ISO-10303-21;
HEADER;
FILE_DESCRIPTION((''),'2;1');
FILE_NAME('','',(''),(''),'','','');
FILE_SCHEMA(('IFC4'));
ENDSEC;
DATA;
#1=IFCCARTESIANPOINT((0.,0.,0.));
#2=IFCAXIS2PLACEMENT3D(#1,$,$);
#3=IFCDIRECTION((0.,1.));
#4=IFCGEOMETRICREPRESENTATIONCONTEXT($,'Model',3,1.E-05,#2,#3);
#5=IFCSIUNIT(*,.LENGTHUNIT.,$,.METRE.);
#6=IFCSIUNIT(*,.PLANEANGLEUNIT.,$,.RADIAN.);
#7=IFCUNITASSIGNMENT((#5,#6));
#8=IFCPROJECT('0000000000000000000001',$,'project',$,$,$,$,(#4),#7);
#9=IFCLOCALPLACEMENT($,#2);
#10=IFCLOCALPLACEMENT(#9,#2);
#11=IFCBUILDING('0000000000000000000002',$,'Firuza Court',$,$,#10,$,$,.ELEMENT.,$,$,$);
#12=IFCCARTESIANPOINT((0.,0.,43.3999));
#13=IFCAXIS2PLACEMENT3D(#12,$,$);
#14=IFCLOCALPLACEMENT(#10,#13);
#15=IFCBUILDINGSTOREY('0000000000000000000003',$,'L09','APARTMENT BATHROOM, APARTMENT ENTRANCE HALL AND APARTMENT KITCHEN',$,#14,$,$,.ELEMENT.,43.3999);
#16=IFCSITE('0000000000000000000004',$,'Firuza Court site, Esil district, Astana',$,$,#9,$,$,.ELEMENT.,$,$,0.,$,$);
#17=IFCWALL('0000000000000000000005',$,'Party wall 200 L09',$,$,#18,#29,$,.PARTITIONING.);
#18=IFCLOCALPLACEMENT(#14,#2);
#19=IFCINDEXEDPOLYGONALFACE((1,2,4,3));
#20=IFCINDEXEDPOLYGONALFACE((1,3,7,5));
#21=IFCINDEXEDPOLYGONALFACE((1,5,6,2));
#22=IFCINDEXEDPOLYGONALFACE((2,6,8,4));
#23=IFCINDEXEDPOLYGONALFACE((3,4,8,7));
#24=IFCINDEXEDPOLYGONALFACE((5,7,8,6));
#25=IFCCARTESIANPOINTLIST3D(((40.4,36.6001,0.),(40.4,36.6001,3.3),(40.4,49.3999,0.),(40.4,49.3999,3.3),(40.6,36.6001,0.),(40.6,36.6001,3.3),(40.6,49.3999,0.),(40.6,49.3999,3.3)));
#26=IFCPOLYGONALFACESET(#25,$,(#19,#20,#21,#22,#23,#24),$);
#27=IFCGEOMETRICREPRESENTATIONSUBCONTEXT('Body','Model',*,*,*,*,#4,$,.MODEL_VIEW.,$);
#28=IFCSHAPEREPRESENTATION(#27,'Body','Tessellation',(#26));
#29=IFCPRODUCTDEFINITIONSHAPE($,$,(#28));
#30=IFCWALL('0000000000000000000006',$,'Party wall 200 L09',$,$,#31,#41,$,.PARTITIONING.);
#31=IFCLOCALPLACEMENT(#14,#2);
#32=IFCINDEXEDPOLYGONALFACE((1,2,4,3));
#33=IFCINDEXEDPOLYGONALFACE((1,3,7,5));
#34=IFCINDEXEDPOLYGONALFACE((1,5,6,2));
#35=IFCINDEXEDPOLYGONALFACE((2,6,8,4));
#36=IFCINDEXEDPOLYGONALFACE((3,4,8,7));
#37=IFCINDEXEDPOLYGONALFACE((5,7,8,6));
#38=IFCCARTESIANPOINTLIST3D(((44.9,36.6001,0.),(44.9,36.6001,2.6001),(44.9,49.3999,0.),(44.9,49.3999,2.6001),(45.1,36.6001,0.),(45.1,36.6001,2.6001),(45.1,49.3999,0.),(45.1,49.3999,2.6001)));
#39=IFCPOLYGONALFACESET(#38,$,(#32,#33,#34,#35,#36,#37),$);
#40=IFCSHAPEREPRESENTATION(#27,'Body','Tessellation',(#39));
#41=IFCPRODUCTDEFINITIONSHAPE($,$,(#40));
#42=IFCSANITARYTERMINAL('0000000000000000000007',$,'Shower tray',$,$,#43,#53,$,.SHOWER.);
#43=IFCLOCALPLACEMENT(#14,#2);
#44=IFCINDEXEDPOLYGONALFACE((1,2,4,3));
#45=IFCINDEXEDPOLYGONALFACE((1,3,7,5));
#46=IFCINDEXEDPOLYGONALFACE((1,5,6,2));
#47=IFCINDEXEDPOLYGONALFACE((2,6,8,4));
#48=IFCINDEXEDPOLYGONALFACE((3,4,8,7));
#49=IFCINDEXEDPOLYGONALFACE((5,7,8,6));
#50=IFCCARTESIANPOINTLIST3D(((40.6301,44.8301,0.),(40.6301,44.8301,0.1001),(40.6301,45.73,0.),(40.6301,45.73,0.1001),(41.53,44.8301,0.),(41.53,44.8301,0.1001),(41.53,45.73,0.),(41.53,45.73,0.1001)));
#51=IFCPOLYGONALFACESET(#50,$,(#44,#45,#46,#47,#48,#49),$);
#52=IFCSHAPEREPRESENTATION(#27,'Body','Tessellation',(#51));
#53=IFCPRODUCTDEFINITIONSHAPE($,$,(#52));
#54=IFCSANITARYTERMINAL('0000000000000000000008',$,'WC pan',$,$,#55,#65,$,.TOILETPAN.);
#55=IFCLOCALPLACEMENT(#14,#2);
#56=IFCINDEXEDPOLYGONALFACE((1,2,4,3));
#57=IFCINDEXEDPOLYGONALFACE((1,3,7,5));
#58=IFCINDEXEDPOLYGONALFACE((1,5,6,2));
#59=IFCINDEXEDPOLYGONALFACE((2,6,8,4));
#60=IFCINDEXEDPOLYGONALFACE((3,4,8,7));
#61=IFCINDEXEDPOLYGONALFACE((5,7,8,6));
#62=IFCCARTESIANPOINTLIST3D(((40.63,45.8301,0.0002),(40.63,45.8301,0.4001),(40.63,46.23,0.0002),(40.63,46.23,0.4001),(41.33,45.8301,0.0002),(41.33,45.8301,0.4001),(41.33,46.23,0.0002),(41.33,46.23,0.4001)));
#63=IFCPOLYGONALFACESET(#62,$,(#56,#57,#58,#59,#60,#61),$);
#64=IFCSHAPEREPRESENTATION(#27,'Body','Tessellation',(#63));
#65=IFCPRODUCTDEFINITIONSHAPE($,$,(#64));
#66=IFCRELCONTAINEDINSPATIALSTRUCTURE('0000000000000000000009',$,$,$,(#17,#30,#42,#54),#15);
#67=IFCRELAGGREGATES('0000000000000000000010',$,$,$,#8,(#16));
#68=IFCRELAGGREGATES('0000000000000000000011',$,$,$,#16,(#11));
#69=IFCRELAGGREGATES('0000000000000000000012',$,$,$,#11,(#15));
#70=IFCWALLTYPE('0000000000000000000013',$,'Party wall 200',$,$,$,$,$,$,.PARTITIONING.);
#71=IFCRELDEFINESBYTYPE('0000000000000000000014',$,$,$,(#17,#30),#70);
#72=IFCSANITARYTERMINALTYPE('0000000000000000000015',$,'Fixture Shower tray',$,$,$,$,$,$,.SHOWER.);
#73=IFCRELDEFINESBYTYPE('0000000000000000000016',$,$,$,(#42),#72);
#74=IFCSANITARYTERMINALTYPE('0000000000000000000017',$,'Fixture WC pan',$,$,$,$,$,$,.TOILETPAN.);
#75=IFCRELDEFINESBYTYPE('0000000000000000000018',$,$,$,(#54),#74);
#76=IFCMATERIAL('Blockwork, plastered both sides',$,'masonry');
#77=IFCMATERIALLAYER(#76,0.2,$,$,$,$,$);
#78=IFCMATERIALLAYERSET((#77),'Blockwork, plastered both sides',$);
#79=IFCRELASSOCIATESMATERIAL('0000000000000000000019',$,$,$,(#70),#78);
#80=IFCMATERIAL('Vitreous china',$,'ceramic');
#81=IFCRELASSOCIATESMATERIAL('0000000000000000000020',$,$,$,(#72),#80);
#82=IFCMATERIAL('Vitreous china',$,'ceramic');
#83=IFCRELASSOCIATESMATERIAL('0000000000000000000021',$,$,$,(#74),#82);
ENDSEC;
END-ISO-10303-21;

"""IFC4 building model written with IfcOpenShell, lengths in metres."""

from ifc_helpers import new_model, si_unit, direction, frame, frame_2d, origin, origin_2d, place, context, subcontext, project, spatial, rectangle, extrude, material, layer, layer_set, type_object, element, save


model = new_model("IFC4")

# Units and contexts
model_context = context("Model", 3, precision=1e-05, world=origin(), true_north=direction((0.0, 1.0)))
body_context = subcontext(model_context, "Body", "Model", "MODEL_VIEW")
ifc_project = project(units=[si_unit("LENGTHUNIT", "METRE"), si_unit("PLANEANGLEUNIT", "RADIAN")], contexts=[model_context])

# Site, building, storey
site_placement = place(None, origin())
site = spatial("IfcSite", under=ifc_project, at=site_placement, Name="Firuza Court site, Esil district, Astana", CompositionType="ELEMENT", RefElevation=0.0)
building_placement = place(site_placement, origin())
building = spatial("IfcBuilding", under=site, at=building_placement, Name="Firuza Court", CompositionType="ELEMENT")
storey_placement = place(building_placement, frame((0.0, 0.0, 43.3999)))
storey = spatial("IfcBuildingStorey", under=building, at=storey_placement, Name="L09", Description="APARTMENT BATHROOM, APARTMENT ENTRANCE HALL AND APARTMENT KITCHEN", CompositionType="ELEMENT", Elevation=43.3999)

# Walls
ifc_material_1 = material(Name="Blockwork, plastered both sides", Category="masonry")
ifc_layer_1 = layer(ifc_material_1, 0.2)
ifc_layer_set_1 = layer_set([ifc_layer_1], Name="Blockwork, plastered both sides")
wall_type_1 = type_object("IfcWallType", Name="Party wall 200", PredefinedType="PARTITIONING", material=ifc_layer_set_1)
wall_1_placement = place(storey_placement, frame((40.5, 36.6001, 0.0), z_axis=(0.0, 0.0, 1.0), x_axis=(0.0, 1.0, 0.0)))
element("IfcWall", 1, at=wall_1_placement, inside=storey, type_object=wall_type_1, Name="Party wall 200 L09", PredefinedType="PARTITIONING", context=body_context, shape_type="SweptSolid", body=[
    extrude(rectangle(XDim=12.7998, YDim=0.2, at=frame_2d((6.3999, 0.0))), origin(), (0.0, 0.0, 1.0), 3.3),
])
wall_2_placement = place(storey_placement, frame((45.0, 36.6001, 0.0), z_axis=(0.0, 0.0, 1.0), x_axis=(0.0, 1.0, 0.0)))
element("IfcWall", 2, at=wall_2_placement, inside=storey, type_object=wall_type_1, Name="Party wall 200 L09", PredefinedType="PARTITIONING", context=body_context, shape_type="SweptSolid", body=[
    extrude(rectangle(XDim=12.7998, YDim=0.2, at=frame_2d((6.3999, 0.0))), origin(), (0.0, 0.0, 1.0), 2.6001),
])

# Sanitary terminals
ifc_material_2 = material(Name="Vitreous china", Category="ceramic")
sanitary_terminal_type_1 = type_object("IfcSanitaryTerminalType", Name="Fixture Shower tray", PredefinedType="SHOWER", material=ifc_material_2)
sanitary_terminal_1_placement = place(storey_placement, frame((41.0801, 45.28, 0.0), z_axis=(0.0, 0.0, 1.0), x_axis=(1.0, 0.0, 0.0)))
element("IfcSanitaryTerminal", 3, at=sanitary_terminal_1_placement, inside=storey, type_object=sanitary_terminal_type_1, Name="Shower tray", PredefinedType="SHOWER", context=body_context, shape_type="SweptSolid", body=[
    extrude(rectangle(XDim=0.8999, YDim=0.8999, at=origin_2d()), origin(), (0.0, 0.0, 1.0), 0.1001),
])
ifc_material_3 = material(Name="Vitreous china", Category="ceramic")
sanitary_terminal_type_2 = type_object("IfcSanitaryTerminalType", Name="Fixture WC pan", PredefinedType="TOILETPAN", material=ifc_material_3)
sanitary_terminal_2_placement = place(storey_placement, frame((40.98, 46.03, 0.0002), z_axis=(0.0, 0.0, 1.0), x_axis=(1.0, 0.0, 0.0)))
element("IfcSanitaryTerminal", 4, at=sanitary_terminal_2_placement, inside=storey, type_object=sanitary_terminal_type_2, Name="WC pan", PredefinedType="TOILETPAN", context=body_context, shape_type="SweptSolid", body=[
    extrude(rectangle(XDim=0.7, YDim=0.3999, at=origin_2d()), origin(), (0.0, 0.0, 1.0), 0.3999),
])

save(model, "model.ifc")
